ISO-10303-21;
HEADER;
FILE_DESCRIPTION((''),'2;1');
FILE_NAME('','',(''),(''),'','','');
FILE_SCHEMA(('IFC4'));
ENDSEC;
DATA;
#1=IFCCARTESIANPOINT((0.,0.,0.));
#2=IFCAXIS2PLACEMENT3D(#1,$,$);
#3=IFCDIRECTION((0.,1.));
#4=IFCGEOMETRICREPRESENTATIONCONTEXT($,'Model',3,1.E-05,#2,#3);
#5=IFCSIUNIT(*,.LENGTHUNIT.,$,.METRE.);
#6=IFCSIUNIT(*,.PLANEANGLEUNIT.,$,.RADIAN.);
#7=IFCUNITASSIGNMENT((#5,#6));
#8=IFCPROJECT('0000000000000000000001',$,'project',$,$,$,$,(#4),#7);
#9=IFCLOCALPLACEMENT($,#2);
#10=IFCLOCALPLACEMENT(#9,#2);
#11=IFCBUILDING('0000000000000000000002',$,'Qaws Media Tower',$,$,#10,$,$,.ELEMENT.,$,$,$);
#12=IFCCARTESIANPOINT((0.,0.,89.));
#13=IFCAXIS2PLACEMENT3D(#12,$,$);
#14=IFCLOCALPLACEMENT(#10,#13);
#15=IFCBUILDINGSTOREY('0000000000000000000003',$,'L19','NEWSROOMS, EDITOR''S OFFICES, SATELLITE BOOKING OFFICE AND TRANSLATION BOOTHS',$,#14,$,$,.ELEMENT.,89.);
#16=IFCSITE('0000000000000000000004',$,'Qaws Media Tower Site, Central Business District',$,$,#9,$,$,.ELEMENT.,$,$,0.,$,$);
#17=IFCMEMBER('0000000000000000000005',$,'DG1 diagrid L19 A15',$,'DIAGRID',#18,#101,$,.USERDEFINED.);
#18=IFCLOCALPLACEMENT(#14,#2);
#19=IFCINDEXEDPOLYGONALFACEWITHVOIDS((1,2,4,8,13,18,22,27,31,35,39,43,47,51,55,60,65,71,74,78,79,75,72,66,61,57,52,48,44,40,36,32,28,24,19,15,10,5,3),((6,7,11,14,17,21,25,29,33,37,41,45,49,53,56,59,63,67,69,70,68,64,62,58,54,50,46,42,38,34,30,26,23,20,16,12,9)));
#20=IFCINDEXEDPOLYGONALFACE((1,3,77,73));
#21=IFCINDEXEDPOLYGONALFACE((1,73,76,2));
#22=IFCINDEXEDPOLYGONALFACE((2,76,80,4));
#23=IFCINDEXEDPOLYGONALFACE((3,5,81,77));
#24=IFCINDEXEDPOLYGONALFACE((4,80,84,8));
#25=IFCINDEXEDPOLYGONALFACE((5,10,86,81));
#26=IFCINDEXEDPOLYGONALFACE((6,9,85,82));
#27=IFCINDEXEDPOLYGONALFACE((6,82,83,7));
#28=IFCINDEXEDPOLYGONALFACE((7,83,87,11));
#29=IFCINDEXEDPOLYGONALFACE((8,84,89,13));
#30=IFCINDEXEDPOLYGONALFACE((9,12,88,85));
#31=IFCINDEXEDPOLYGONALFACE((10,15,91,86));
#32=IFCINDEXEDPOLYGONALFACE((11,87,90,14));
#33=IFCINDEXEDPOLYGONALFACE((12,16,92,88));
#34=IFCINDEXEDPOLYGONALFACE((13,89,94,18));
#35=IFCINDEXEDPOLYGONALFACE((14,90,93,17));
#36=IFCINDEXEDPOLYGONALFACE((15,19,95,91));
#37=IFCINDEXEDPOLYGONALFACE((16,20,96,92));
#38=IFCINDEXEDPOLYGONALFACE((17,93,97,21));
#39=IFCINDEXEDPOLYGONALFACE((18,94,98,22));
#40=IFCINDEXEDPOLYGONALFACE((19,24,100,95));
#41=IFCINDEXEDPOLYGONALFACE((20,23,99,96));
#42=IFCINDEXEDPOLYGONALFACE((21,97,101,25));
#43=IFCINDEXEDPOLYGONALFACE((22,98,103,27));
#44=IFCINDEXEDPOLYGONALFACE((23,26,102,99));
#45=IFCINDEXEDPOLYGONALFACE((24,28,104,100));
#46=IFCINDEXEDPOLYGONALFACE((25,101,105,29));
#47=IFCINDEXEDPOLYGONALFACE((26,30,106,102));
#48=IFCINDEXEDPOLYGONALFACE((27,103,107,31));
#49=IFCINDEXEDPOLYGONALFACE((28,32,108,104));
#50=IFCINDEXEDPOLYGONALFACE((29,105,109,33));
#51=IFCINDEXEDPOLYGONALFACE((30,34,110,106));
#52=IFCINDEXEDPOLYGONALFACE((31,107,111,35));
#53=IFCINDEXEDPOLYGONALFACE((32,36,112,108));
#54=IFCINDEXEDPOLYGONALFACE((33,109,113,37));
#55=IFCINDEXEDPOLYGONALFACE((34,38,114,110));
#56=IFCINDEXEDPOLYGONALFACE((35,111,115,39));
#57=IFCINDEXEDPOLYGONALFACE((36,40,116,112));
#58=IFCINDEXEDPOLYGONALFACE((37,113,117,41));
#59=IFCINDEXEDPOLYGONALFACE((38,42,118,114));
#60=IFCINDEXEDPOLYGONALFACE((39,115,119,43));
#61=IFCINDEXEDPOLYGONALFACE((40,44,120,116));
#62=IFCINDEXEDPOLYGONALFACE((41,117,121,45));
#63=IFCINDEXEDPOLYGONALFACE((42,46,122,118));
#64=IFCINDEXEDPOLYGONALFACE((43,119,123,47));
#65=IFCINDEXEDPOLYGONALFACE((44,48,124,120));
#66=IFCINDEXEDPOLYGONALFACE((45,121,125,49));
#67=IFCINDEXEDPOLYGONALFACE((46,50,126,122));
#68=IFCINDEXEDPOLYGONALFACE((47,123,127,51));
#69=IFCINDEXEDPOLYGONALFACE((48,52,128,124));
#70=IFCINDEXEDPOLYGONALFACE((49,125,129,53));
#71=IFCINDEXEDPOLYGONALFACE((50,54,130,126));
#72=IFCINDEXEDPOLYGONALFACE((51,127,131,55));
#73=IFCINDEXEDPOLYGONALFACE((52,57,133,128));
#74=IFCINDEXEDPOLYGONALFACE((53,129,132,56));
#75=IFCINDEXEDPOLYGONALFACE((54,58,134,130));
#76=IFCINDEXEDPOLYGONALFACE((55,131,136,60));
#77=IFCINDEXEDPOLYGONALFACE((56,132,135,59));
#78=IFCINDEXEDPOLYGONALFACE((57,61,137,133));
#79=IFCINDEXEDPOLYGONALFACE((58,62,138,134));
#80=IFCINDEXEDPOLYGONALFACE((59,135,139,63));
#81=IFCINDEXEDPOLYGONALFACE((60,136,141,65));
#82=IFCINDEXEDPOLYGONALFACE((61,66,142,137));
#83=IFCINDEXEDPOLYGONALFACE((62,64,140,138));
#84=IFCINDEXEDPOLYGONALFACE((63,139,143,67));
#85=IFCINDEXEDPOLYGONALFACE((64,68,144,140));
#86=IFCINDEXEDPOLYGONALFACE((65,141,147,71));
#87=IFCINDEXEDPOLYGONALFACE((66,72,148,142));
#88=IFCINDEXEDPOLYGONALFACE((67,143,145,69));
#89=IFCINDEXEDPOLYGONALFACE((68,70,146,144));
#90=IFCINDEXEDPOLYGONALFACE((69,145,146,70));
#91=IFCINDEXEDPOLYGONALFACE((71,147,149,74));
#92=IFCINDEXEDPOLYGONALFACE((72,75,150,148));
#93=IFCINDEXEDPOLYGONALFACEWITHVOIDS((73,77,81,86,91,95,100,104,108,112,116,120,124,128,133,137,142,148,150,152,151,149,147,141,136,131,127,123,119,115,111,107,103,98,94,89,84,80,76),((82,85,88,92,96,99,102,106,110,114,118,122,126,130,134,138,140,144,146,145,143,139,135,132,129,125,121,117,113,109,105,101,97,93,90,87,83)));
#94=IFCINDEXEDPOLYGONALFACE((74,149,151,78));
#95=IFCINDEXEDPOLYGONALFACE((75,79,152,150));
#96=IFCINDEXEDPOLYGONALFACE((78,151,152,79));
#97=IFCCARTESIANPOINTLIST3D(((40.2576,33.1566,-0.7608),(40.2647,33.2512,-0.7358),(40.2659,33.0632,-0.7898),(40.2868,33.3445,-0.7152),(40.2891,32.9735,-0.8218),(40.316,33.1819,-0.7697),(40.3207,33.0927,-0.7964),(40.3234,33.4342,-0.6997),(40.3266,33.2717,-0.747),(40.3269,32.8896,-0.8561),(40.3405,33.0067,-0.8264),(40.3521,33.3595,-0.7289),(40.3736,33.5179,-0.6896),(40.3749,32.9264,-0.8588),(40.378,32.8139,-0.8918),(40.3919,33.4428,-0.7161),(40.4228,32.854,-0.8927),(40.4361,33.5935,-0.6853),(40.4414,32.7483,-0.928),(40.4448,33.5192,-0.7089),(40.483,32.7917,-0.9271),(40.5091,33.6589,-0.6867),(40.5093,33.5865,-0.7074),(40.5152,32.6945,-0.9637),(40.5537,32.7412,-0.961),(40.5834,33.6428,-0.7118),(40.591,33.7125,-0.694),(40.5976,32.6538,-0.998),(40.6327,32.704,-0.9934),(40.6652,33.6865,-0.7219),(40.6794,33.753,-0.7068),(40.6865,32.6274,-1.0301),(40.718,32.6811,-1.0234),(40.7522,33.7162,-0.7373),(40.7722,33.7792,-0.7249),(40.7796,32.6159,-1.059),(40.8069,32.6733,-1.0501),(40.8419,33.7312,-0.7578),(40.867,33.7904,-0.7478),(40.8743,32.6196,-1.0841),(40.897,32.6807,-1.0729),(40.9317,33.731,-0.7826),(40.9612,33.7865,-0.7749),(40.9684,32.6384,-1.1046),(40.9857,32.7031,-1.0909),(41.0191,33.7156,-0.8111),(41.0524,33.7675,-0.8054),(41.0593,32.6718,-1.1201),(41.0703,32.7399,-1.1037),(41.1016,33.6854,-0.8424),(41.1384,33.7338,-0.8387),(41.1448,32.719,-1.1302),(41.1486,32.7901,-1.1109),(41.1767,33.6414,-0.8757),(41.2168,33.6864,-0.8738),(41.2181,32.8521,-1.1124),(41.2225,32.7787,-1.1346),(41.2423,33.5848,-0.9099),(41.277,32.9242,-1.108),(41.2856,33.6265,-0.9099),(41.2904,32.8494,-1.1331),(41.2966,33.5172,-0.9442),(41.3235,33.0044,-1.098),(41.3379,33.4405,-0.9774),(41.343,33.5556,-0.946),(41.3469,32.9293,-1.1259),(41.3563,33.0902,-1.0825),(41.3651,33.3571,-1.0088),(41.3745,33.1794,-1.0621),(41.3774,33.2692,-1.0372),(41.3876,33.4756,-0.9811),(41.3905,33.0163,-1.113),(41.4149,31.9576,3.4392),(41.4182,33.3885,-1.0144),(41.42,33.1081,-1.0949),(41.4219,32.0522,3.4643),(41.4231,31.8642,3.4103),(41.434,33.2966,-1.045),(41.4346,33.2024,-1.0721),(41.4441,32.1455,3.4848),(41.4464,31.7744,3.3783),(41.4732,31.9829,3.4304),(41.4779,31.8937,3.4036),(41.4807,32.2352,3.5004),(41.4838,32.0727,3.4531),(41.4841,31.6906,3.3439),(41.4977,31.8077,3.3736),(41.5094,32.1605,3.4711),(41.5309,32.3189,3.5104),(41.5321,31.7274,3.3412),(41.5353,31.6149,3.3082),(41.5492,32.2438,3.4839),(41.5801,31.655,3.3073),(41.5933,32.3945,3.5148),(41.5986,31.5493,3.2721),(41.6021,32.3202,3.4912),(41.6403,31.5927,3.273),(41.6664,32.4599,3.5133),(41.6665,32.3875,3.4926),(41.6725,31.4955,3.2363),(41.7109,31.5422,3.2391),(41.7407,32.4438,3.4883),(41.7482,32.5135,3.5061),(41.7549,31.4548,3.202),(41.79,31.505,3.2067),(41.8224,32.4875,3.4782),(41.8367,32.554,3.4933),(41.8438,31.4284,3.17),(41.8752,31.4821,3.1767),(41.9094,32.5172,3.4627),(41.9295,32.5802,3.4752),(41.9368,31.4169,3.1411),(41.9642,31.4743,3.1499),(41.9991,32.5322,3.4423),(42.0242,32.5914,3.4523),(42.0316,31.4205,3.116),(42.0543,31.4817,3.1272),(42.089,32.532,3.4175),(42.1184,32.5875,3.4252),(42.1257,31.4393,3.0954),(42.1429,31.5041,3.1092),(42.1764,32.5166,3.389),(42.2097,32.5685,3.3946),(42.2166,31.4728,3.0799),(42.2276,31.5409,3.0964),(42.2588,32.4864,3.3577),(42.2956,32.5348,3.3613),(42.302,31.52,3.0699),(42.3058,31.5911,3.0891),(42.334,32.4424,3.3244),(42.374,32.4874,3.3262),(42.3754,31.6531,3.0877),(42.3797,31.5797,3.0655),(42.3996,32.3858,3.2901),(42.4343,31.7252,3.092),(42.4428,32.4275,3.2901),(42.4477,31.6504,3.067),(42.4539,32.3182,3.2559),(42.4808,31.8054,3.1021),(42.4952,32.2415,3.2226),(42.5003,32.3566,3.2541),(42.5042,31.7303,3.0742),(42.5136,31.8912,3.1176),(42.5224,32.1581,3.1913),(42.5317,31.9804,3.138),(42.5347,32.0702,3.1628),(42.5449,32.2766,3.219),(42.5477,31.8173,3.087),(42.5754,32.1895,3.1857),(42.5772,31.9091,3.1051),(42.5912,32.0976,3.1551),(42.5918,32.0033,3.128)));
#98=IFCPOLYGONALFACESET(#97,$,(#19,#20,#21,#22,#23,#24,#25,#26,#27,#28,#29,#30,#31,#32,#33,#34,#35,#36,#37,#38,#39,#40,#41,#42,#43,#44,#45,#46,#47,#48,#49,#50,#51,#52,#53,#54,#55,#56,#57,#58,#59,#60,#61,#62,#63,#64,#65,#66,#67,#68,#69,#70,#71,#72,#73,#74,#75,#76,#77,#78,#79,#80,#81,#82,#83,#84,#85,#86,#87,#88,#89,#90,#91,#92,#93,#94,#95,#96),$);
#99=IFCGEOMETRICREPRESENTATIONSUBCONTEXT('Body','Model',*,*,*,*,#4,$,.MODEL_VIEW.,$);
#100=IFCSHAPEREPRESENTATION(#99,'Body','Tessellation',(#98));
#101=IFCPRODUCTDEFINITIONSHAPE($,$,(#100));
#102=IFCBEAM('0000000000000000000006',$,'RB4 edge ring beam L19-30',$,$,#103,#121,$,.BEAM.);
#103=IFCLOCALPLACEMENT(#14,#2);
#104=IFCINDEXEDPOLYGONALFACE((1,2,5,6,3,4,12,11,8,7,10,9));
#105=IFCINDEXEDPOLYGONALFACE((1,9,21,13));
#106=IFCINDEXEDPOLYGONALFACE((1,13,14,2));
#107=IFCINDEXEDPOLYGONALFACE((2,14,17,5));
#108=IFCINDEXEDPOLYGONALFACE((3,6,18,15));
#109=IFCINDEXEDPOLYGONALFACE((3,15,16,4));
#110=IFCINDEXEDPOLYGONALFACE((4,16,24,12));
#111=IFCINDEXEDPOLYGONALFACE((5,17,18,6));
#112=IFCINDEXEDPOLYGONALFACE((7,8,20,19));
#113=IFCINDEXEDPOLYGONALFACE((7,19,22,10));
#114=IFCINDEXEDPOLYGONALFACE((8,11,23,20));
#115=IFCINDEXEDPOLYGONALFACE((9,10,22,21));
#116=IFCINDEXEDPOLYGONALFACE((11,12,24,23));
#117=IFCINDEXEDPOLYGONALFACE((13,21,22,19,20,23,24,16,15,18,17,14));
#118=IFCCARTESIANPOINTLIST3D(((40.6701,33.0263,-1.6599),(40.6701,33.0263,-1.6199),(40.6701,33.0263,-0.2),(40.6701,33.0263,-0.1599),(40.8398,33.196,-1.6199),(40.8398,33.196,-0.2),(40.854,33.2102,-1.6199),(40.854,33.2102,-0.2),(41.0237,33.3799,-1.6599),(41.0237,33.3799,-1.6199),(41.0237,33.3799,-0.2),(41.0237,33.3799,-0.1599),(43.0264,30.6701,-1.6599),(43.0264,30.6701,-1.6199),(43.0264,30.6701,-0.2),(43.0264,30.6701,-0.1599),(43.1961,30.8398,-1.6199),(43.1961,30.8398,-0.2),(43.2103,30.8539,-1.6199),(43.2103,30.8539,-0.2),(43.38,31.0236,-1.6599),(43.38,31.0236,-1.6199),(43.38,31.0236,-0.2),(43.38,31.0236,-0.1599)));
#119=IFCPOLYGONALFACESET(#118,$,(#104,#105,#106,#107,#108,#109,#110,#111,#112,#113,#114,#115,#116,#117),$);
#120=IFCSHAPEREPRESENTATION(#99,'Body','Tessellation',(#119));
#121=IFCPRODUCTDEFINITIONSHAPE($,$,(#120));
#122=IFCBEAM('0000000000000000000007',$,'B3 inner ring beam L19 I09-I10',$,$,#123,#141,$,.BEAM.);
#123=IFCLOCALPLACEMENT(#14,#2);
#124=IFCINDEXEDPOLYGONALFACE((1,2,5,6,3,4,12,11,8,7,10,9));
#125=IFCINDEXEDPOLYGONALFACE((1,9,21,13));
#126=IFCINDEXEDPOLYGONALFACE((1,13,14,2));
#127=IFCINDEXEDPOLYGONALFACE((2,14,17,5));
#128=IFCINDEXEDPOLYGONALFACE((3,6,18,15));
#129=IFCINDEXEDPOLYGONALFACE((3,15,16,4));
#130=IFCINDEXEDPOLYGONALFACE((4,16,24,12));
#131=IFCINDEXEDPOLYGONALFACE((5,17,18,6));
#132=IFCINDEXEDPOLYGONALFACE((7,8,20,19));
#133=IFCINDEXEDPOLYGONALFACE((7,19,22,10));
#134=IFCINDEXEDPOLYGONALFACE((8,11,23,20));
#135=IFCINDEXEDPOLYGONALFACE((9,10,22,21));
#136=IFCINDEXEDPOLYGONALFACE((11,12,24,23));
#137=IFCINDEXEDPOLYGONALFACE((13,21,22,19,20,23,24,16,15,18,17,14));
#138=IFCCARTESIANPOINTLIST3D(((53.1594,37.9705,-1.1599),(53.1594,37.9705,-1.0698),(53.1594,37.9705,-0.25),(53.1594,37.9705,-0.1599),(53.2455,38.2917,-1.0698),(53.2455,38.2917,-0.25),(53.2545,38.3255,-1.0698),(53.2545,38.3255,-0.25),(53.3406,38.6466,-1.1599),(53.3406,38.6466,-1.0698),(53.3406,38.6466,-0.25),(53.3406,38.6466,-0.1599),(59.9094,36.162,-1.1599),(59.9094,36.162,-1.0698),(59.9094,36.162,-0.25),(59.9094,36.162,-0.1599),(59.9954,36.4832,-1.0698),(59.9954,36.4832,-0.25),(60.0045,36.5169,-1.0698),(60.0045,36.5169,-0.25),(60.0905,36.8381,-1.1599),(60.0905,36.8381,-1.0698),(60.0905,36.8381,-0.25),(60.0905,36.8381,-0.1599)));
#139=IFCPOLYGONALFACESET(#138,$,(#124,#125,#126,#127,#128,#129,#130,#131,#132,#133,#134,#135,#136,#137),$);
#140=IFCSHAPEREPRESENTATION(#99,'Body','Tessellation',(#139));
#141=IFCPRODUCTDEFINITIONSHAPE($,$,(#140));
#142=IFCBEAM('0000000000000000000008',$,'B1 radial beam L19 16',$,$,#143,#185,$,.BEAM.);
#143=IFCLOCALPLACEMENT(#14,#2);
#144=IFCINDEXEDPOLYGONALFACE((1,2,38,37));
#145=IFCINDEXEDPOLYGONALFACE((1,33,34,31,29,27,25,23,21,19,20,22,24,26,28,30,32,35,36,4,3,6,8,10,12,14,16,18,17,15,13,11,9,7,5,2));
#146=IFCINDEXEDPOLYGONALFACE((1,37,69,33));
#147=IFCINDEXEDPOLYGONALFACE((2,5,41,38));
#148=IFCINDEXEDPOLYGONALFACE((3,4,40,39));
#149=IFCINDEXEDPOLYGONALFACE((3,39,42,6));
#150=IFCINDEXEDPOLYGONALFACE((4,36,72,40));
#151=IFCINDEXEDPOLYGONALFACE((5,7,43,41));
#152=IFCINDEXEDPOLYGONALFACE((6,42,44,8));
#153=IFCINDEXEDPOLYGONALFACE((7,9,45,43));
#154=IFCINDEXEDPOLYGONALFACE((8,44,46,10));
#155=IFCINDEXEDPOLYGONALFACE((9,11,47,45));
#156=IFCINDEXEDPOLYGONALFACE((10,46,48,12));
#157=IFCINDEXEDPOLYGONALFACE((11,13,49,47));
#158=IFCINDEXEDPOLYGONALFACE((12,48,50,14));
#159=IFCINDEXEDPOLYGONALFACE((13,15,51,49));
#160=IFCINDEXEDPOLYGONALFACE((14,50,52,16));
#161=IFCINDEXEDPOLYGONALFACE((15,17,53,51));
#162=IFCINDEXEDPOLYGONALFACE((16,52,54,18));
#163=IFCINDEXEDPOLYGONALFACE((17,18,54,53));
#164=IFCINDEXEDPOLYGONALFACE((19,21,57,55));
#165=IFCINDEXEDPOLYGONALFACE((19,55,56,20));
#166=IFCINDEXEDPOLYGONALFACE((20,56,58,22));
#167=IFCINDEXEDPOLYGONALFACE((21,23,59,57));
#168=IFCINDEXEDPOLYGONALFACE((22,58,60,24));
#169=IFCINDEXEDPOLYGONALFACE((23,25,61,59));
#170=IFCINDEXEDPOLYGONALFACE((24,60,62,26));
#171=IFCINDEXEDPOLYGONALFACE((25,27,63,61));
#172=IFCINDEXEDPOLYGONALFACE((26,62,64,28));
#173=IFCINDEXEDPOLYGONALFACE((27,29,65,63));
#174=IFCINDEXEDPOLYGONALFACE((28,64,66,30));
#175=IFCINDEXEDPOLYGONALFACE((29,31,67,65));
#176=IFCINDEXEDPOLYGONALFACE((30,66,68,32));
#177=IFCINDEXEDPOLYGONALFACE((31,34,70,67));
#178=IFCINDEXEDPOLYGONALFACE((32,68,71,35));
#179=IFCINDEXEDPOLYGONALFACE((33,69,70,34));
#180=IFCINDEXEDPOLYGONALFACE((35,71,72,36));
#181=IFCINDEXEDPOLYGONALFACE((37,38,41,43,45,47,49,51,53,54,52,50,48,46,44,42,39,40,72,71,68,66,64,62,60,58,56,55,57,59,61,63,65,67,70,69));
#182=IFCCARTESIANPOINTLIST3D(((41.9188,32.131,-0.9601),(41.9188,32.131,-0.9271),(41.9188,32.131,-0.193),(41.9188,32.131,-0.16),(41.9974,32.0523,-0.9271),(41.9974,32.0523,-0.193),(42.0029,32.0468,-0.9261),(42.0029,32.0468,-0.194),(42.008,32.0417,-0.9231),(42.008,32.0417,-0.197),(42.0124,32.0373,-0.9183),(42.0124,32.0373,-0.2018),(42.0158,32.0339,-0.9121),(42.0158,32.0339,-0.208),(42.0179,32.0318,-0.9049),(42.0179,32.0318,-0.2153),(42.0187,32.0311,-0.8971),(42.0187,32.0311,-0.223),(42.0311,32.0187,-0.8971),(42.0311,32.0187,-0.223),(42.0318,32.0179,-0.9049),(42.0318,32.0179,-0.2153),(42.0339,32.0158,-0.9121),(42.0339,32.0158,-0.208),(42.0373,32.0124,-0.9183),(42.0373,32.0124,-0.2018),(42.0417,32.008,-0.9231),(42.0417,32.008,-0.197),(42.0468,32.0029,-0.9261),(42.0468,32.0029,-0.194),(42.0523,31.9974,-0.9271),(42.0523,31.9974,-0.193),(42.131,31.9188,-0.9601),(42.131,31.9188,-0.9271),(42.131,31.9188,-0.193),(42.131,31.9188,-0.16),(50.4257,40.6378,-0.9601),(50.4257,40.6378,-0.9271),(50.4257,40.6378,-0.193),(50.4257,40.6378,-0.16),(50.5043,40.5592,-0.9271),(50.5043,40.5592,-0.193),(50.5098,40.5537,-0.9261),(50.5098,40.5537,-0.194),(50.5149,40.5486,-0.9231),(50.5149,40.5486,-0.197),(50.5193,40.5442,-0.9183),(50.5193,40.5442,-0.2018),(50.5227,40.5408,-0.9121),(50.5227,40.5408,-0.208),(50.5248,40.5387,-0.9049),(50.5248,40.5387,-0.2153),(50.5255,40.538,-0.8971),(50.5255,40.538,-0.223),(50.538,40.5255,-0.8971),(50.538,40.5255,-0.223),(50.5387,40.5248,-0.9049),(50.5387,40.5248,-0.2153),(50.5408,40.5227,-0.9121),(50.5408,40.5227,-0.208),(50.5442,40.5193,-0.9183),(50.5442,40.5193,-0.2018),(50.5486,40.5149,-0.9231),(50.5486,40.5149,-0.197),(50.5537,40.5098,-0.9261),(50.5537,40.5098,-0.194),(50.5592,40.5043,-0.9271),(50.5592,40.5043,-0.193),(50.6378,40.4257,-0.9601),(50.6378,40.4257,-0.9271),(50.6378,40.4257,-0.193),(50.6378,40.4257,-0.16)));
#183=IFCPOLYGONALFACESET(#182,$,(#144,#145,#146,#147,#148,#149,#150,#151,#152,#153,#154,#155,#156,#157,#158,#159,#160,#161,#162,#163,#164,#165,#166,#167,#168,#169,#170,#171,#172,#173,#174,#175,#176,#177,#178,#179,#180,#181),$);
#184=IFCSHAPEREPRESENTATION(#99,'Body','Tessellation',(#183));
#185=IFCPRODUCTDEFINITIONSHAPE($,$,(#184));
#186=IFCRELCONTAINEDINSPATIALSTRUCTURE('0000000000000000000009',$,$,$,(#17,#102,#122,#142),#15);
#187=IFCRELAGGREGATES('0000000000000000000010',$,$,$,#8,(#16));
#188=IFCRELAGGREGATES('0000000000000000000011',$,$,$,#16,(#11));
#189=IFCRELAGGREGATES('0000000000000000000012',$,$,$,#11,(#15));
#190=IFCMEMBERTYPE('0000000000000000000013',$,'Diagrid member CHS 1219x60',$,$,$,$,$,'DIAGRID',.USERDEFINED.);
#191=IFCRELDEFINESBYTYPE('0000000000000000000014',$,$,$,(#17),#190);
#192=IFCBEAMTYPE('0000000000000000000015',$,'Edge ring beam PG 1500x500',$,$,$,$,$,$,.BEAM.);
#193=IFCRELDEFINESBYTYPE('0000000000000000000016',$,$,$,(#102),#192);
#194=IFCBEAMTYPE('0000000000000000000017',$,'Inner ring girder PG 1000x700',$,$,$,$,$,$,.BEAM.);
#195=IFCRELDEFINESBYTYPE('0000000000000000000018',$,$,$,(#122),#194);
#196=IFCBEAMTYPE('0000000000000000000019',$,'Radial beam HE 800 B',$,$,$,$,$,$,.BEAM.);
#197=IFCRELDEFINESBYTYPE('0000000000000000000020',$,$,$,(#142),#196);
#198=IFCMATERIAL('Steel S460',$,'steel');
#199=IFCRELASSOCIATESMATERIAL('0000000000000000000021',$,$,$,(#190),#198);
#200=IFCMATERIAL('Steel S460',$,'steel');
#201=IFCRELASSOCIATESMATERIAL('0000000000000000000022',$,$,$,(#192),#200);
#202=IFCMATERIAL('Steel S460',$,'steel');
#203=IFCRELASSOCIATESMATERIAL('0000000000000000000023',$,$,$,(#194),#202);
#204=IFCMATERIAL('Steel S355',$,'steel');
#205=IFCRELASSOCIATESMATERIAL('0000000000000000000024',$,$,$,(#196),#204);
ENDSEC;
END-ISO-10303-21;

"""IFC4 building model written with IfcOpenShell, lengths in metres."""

from ifc_helpers import new_model, si_unit, direction, frame, origin, origin_2d, place, context, subcontext, project, spatial, hollow_circle, i_section, extrude, material, material_profile, profile_set, type_object, element, save


model = new_model("IFC4")

# Units and contexts
model_context = context("Model", 3, precision=1e-05, world=origin(), true_north=direction((0.0, 1.0)))
body_context = subcontext(model_context, "Body", "Model", "MODEL_VIEW")
ifc_project = project(units=[si_unit("LENGTHUNIT", "METRE"), si_unit("PLANEANGLEUNIT", "RADIAN")], contexts=[model_context])

# Site, building, storey
site_placement = place(None, origin())
site = spatial("IfcSite", under=ifc_project, at=site_placement, Name="Qaws Media Tower Site, Central Business District", CompositionType="ELEMENT", RefElevation=0.0)
building_placement = place(site_placement, origin())
building = spatial("IfcBuilding", under=site, at=building_placement, Name="Qaws Media Tower", CompositionType="ELEMENT")
storey_placement = place(building_placement, frame((0.0, 0.0, 89.0)))
storey = spatial("IfcBuildingStorey", under=building, at=storey_placement, Name="L19", Description="NEWSROOMS, EDITOR'S OFFICES, SATELLITE BOOKING OFFICE AND TRANSLATION BOOTHS", CompositionType="ELEMENT", Elevation=89.0)

# Member
ifc_material_1 = material(Name="Steel S460", Category="steel")
ifc_material_profile_1 = material_profile(ifc_material_1, hollow_circle(Radius=0.6096, WallThickness=0.0601, at=origin_2d()), Name="CHS 1219x60")
ifc_profile_set_1 = profile_set([ifc_material_profile_1], Name="Steel S460")
member_type_1 = type_object("IfcMemberType", Name="Diagrid member CHS 1219x60", ElementType="DIAGRID", PredefinedType="USERDEFINED", material=ifc_profile_set_1)
member_1_placement = place(storey_placement, frame((40.8469, 33.2031, -0.9099), z_axis=(0.256112, -0.265351, 0.929513), x_axis=(0.719523, 0.694469, 0.0)))
element("IfcMember", 1, at=member_1_placement, inside=storey, type_object=member_type_1, Name="DG1 diagrid L19 A15", ObjectType="DIAGRID", PredefinedType="USERDEFINED", context=body_context, shape_type="SweptSolid", body=[
    extrude(hollow_circle(Radius=0.6096, WallThickness=0.0601, at=origin_2d()), origin(), (0.0, 0.0, 1.0), 4.5186),
])

# Beams
ifc_material_2 = material(Name="Steel S460", Category="steel")
ifc_material_profile_2 = material_profile(ifc_material_2, i_section(OverallWidth=0.5, OverallDepth=1.5, WebThickness=0.02, FlangeThickness=0.04, at=origin_2d()), Name="PG 1500x500")
ifc_profile_set_2 = profile_set([ifc_material_profile_2], Name="Steel S460")
beam_type_1 = type_object("IfcBeamType", Name="Edge ring beam PG 1500x500", PredefinedType="BEAM", material=ifc_profile_set_2)
beam_1_placement = place(storey_placement, frame((40.8469, 33.2031, -0.9099), z_axis=(0.707107, -0.707107, 0.0), x_axis=(0.707107, 0.707107, 0.0)))
element("IfcBeam", 2, at=beam_1_placement, inside=storey, type_object=beam_type_1, Name="RB4 edge ring beam L19-30", PredefinedType="BEAM", context=body_context, shape_type="SweptSolid", body=[
    extrude(i_section(OverallWidth=0.5, OverallDepth=1.5, WebThickness=0.02, FlangeThickness=0.04, at=origin_2d()), origin(), (0.0, 0.0, 1.0), 3.3323),
])
ifc_material_3 = material(Name="Steel S460", Category="steel")
ifc_material_profile_3 = material_profile(ifc_material_3, i_section(OverallWidth=0.7, OverallDepth=1.0, WebThickness=0.0349, FlangeThickness=0.0901, at=origin_2d()), Name="PG 1000x700")
ifc_profile_set_3 = profile_set([ifc_material_profile_3], Name="Steel S460")
beam_type_2 = type_object("IfcBeamType", Name="Inner ring girder PG 1000x700", PredefinedType="BEAM", material=ifc_profile_set_3)
beam_2_placement = place(storey_placement, frame((53.25, 38.3086, -0.6599), z_axis=(0.965928, -0.258811, 0.0), x_axis=(0.258811, 0.965928, 0.0)))
element("IfcBeam", 3, at=beam_2_placement, inside=storey, type_object=beam_type_2, Name="B3 inner ring beam L19 I09-I10", PredefinedType="BEAM", context=body_context, shape_type="SweptSolid", body=[
    extrude(i_section(OverallWidth=0.7, OverallDepth=1.0, WebThickness=0.0349, FlangeThickness=0.0901, at=origin_2d()), origin(), (0.0, 0.0, 1.0), 6.988),
])
ifc_material_4 = material(Name="Steel S355", Category="steel")
ifc_material_profile_4 = material_profile(ifc_material_4, i_section(OverallWidth=0.3, OverallDepth=0.8, WebThickness=0.0176, FlangeThickness=0.033, FilletRadius=0.03, at=origin_2d()), Name="HE 800 B")
ifc_profile_set_4 = profile_set([ifc_material_profile_4], Name="Steel S355")
beam_type_3 = type_object("IfcBeamType", Name="Radial beam HE 800 B", PredefinedType="BEAM", material=ifc_profile_set_4)
beam_3_placement = place(storey_placement, frame((50.5317, 40.5317, -0.5601), z_axis=(-0.707107, -0.707107, 0.0), x_axis=(0.707107, -0.707107, 0.0)))
element("IfcBeam", 4, at=beam_3_placement, inside=storey, type_object=beam_type_3, Name="B1 radial beam L19 16", PredefinedType="BEAM", context=body_context, shape_type="SweptSolid", body=[
    extrude(i_section(OverallWidth=0.3, OverallDepth=0.8, WebThickness=0.0176, FlangeThickness=0.033, FilletRadius=0.03, at=origin_2d()), origin(), (0.0, 0.0, 1.0), 12.0305),
])

save(model, "model.ifc")
